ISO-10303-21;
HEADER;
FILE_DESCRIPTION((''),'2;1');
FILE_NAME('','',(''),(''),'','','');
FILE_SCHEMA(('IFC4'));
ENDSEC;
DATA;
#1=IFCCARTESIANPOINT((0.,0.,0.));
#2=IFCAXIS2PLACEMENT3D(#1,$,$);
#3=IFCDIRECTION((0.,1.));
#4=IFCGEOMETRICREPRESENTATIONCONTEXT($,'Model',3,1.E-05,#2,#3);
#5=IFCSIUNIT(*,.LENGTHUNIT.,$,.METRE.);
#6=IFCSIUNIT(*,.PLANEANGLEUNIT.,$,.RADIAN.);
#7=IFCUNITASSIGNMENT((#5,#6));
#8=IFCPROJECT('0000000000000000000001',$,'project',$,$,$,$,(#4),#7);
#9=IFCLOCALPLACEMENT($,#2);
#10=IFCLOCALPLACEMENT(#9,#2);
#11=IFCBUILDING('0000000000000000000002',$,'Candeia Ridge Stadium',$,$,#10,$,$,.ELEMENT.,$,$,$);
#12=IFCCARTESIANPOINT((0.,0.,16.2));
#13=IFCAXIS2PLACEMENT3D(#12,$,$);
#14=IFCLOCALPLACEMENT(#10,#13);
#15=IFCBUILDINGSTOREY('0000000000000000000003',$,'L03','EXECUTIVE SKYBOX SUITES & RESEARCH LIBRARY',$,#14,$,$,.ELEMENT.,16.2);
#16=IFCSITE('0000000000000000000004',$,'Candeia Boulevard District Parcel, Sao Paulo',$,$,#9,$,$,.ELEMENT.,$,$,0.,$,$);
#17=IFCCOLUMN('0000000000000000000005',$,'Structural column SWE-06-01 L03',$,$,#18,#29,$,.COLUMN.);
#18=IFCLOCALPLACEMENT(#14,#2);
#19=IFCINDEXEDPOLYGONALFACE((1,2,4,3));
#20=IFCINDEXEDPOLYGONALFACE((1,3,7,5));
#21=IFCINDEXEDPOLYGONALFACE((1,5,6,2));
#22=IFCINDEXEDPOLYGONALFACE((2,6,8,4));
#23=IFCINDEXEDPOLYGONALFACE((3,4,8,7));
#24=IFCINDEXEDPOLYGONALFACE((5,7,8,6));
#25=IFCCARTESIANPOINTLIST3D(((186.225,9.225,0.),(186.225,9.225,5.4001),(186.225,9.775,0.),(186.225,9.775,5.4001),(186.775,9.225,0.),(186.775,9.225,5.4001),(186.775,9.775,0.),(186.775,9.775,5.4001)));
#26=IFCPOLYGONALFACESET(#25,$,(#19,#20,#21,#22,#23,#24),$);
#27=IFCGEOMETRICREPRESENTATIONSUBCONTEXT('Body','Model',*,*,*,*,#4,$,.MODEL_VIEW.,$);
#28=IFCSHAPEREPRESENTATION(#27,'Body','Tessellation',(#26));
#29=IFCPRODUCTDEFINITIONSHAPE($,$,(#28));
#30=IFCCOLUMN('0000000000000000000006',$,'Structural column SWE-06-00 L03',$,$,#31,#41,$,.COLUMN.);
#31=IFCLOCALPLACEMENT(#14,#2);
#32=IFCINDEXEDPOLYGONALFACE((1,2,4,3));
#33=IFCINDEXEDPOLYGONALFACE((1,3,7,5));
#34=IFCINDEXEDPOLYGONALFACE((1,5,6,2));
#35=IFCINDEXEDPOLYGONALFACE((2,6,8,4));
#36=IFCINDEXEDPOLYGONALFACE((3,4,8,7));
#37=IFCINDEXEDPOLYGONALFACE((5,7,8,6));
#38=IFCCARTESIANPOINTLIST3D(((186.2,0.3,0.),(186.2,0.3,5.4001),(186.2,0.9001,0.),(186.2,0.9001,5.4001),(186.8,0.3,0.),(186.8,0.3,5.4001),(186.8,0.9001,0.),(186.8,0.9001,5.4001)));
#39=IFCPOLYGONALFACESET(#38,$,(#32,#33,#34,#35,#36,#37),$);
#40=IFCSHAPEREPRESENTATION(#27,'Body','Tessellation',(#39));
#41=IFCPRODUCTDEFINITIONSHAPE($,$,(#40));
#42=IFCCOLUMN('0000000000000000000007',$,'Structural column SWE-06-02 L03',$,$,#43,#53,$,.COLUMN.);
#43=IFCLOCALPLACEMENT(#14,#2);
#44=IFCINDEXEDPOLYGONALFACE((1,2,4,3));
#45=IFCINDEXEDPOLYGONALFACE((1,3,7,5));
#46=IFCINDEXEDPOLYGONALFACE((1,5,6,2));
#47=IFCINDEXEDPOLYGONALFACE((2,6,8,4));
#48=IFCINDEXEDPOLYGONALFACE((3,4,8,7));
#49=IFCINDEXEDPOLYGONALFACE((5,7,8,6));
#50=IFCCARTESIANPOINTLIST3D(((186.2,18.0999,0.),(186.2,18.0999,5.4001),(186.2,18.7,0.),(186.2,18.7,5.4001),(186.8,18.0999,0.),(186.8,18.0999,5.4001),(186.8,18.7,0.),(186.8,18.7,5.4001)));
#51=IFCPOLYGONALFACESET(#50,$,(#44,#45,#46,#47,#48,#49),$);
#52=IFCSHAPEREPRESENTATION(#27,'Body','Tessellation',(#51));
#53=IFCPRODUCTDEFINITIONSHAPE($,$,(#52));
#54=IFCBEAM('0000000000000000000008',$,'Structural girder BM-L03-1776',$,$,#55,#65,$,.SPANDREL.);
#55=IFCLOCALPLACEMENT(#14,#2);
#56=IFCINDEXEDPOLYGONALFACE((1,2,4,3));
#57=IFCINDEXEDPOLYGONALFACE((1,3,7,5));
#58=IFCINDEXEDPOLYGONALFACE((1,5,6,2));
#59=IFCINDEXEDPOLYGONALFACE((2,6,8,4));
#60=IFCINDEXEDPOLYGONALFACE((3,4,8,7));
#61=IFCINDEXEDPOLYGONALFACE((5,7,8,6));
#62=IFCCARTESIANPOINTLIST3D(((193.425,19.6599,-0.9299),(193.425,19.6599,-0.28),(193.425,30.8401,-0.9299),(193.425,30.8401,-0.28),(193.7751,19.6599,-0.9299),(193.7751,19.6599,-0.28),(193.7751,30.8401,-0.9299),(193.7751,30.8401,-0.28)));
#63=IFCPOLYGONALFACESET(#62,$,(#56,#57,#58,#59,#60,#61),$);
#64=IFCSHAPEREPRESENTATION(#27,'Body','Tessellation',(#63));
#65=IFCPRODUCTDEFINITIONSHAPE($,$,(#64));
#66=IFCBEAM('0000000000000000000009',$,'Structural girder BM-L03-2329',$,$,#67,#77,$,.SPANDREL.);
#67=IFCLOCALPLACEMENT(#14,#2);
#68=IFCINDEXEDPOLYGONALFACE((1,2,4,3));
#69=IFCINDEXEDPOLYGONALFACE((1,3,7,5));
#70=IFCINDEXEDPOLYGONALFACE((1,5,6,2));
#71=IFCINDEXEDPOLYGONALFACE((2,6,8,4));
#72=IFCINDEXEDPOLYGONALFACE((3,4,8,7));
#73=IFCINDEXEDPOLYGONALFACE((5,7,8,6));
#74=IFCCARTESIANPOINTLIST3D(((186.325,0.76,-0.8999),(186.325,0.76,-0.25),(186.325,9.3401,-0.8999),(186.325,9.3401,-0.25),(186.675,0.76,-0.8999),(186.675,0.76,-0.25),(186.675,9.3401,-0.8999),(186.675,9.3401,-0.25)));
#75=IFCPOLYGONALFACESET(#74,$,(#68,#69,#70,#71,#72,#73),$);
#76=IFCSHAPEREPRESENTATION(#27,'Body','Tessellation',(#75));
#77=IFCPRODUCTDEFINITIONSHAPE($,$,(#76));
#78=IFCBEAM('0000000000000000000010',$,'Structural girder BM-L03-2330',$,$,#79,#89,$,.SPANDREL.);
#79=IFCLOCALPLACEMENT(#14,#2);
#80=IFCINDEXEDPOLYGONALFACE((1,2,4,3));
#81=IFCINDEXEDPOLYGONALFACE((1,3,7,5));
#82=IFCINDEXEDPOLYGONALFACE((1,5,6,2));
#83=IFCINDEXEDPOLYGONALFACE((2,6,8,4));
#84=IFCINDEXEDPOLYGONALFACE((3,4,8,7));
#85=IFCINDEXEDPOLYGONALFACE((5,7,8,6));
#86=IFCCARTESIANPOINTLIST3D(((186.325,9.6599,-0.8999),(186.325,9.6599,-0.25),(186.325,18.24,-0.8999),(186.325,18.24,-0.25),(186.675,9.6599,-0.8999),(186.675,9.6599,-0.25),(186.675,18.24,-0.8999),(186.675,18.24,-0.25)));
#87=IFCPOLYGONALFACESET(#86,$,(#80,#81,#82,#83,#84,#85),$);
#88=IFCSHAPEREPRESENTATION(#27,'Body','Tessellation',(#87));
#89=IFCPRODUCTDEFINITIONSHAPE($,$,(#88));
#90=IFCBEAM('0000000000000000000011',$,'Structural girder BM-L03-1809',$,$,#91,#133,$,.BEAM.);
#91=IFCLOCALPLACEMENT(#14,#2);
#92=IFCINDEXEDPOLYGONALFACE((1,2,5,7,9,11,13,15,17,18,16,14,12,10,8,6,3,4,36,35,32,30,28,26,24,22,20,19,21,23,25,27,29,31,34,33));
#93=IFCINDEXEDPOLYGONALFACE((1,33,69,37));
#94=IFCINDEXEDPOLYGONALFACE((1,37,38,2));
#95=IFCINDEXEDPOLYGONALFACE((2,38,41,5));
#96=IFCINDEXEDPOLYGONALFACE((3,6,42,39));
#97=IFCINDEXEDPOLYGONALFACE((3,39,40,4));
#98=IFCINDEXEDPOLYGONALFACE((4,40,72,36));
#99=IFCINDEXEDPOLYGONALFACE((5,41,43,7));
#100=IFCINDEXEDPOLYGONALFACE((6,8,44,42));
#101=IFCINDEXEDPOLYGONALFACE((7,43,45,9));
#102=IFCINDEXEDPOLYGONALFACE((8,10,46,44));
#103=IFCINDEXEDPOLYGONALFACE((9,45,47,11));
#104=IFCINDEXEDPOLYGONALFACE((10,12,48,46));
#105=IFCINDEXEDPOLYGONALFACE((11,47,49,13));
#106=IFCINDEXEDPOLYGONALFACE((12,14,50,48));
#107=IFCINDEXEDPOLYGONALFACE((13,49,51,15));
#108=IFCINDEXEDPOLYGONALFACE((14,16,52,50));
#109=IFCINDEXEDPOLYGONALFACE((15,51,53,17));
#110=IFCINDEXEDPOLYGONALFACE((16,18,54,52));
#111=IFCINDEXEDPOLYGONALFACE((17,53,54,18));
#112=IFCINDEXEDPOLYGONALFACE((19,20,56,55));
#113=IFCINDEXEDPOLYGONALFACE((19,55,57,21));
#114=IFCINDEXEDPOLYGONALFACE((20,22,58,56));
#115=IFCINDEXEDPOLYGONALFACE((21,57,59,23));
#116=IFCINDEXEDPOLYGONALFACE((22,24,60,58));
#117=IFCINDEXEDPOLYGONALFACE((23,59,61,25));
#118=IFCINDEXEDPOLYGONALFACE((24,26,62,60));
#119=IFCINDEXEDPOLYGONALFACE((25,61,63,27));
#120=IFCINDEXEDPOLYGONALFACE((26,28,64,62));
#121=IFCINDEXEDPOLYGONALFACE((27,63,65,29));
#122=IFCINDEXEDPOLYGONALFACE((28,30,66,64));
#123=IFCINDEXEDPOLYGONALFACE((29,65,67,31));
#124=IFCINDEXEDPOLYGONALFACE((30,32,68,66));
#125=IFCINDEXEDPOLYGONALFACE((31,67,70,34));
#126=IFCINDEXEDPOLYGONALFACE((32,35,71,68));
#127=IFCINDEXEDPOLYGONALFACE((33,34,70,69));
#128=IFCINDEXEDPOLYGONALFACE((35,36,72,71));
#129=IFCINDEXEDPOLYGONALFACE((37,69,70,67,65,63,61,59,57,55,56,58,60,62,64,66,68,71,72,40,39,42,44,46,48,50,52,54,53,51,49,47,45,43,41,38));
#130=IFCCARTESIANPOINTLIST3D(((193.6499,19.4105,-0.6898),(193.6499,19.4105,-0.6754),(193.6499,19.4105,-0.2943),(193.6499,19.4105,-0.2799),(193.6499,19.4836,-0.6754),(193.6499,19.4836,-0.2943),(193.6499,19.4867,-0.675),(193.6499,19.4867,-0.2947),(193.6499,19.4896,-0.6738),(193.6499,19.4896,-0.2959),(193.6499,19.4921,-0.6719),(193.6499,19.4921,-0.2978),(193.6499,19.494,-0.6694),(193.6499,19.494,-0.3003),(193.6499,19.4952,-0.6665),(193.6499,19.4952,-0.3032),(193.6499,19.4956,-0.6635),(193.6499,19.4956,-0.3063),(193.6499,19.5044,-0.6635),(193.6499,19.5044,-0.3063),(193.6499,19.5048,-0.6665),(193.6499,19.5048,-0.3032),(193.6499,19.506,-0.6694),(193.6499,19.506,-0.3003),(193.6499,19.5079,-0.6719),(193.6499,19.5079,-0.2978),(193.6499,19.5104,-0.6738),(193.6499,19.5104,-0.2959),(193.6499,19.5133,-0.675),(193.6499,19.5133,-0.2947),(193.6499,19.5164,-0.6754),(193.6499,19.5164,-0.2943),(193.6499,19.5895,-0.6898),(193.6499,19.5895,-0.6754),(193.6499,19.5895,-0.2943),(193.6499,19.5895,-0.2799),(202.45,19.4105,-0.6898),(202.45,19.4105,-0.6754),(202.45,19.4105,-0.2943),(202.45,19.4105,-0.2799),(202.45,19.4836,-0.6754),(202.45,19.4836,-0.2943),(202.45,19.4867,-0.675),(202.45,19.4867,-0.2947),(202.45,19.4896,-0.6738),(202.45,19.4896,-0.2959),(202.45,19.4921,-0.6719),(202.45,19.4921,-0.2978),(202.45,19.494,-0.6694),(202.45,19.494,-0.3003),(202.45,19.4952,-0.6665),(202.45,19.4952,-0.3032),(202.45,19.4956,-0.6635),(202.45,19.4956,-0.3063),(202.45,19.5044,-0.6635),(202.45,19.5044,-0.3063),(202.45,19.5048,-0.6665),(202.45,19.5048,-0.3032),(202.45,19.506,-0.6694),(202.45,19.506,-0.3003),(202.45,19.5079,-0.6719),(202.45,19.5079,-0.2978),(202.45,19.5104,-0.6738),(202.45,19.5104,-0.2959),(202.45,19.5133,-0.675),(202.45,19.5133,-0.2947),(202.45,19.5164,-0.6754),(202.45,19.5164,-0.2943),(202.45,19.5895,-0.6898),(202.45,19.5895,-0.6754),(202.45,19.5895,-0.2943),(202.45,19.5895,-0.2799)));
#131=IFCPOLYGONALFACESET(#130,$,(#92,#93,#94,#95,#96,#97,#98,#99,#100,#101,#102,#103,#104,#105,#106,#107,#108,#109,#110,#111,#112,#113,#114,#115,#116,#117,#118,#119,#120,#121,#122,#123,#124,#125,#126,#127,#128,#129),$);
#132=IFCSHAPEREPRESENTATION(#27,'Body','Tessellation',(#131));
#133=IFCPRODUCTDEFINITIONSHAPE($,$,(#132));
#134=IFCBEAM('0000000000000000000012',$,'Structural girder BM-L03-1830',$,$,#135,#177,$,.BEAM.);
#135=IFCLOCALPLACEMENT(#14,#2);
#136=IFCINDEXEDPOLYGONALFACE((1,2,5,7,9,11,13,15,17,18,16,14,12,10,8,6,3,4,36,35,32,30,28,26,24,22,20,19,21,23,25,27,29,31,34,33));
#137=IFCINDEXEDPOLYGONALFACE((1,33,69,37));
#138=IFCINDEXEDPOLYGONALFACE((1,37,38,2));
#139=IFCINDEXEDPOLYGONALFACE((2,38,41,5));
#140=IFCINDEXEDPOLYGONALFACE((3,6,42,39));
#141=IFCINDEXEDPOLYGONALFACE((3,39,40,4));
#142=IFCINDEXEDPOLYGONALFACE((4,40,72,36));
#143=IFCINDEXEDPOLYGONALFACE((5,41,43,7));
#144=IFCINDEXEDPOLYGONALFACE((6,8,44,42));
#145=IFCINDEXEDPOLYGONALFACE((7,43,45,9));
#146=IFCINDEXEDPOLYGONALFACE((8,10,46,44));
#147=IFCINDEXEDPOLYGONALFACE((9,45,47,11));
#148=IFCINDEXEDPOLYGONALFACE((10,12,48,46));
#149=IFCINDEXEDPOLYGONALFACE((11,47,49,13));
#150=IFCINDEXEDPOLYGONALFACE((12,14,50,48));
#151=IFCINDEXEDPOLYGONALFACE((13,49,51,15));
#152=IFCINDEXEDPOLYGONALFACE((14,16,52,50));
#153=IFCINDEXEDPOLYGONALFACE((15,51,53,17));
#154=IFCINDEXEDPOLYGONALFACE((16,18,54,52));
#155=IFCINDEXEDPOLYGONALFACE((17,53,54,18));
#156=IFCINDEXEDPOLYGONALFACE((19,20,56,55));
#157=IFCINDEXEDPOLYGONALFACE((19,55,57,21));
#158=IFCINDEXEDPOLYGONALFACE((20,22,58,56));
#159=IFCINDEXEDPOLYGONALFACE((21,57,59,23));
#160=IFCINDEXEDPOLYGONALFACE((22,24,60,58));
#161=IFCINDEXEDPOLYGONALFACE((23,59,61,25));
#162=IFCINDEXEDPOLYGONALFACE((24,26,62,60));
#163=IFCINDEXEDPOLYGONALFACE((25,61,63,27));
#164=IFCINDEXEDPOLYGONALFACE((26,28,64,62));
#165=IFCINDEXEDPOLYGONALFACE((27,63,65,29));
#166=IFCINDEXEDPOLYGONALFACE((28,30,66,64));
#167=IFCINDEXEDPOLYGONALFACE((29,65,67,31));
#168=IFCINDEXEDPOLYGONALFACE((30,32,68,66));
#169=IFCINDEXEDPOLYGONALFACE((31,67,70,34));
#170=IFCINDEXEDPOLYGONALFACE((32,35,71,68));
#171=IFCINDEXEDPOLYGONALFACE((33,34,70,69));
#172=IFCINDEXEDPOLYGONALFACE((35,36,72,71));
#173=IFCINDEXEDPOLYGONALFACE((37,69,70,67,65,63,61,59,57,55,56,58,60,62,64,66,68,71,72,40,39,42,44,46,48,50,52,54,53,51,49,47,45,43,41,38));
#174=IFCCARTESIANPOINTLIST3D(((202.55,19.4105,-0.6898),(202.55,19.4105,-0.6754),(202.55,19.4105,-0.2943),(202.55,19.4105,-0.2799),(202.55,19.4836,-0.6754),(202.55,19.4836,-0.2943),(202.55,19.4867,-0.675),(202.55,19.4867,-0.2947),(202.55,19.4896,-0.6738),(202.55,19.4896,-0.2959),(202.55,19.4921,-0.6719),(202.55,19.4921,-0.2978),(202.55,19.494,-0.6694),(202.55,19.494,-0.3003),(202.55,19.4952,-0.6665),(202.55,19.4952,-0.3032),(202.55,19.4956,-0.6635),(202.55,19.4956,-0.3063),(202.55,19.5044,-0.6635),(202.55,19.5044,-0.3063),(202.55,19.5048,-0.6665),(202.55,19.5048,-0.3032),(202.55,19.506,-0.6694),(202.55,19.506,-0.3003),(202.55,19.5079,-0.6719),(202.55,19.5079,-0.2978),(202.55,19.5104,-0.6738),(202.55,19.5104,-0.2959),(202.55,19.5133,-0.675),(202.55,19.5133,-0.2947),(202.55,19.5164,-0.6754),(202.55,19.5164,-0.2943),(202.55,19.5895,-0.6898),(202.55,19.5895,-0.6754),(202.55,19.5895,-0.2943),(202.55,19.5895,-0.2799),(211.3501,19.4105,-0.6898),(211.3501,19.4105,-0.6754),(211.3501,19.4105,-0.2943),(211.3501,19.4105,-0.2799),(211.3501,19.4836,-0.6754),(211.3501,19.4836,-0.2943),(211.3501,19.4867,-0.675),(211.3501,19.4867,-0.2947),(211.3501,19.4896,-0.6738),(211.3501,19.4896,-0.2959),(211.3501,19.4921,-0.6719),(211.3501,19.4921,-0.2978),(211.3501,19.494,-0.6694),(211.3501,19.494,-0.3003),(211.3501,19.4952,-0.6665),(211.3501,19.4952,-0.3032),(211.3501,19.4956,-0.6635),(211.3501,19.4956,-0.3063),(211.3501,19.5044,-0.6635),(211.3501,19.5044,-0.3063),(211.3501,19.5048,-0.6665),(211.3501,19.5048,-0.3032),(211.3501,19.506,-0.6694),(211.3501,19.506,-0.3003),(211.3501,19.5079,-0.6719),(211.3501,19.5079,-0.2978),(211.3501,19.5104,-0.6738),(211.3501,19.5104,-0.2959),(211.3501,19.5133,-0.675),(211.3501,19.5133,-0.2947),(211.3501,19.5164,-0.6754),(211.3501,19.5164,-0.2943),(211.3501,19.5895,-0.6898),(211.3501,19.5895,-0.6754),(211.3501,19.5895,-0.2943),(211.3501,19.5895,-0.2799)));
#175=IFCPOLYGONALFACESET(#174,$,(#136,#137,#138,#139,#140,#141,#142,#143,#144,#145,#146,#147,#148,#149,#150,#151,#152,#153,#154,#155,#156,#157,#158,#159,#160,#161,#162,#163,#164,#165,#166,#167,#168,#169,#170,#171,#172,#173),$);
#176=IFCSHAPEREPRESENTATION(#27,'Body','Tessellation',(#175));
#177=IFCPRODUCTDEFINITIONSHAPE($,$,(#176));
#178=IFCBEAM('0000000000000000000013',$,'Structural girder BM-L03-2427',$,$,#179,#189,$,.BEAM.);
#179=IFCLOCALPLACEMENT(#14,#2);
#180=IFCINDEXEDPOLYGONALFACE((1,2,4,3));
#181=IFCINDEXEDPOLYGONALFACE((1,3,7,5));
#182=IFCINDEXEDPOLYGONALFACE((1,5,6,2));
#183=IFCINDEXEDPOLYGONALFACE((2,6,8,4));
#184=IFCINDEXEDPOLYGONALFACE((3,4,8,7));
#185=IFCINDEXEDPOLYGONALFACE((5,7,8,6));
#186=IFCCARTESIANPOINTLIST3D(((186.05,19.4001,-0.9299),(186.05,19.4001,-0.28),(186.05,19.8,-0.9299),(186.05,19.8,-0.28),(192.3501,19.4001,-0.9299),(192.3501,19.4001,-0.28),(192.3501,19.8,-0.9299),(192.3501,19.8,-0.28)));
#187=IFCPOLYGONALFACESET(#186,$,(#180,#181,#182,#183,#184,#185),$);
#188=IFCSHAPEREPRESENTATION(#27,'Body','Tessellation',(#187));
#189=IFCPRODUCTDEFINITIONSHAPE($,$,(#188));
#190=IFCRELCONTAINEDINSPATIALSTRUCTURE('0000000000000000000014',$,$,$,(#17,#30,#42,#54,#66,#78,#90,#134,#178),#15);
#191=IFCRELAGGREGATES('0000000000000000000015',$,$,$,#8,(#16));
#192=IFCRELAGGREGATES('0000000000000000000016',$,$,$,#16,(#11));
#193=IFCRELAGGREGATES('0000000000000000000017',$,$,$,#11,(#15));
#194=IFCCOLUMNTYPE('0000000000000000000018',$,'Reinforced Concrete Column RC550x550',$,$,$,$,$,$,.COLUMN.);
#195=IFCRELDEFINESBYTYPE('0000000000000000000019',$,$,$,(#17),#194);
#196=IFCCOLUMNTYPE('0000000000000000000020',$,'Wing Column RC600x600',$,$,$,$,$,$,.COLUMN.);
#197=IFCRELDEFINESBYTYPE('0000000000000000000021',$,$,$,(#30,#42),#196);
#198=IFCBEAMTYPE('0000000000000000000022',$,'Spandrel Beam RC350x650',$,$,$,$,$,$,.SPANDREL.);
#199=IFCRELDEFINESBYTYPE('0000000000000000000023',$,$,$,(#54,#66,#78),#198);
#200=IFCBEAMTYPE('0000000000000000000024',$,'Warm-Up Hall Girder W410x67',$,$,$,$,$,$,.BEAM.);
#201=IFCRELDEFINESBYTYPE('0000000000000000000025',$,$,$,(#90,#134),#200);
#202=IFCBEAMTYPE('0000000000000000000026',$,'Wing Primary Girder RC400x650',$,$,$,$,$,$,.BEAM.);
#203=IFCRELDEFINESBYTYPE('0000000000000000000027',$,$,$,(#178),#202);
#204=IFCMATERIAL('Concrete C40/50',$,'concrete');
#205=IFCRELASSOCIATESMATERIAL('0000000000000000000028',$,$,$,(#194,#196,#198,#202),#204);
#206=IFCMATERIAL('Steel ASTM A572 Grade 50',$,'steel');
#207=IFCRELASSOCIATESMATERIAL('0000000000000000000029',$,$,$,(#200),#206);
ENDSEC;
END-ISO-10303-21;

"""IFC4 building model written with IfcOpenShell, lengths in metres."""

from ifc_helpers import new_model, si_unit, direction, frame, origin, origin_2d, place, context, subcontext, project, spatial, rectangle, i_section, extrude, material, material_profile, profile_set, type_object, element, save


model = new_model("IFC4")

# Units and contexts
model_context = context("Model", 3, precision=1e-05, world=origin(), true_north=direction((0.0, 1.0)))
body_context = subcontext(model_context, "Body", "Model", "MODEL_VIEW")
ifc_project = project(units=[si_unit("LENGTHUNIT", "METRE"), si_unit("PLANEANGLEUNIT", "RADIAN")], contexts=[model_context])

# Site, building, storey
site_placement = place(None, origin())
site = spatial("IfcSite", under=ifc_project, at=site_placement, Name="Candeia Boulevard District Parcel, Sao Paulo", CompositionType="ELEMENT", RefElevation=0.0)
building_placement = place(site_placement, origin())
building = spatial("IfcBuilding", under=site, at=building_placement, Name="Candeia Ridge Stadium", CompositionType="ELEMENT")
storey_placement = place(building_placement, frame((0.0, 0.0, 16.2)))
storey = spatial("IfcBuildingStorey", under=building, at=storey_placement, Name="L03", Description="EXECUTIVE SKYBOX SUITES & RESEARCH LIBRARY", CompositionType="ELEMENT", Elevation=16.2)

# Columns
ifc_material_1 = material(Name="Concrete C40/50", Category="concrete")
ifc_material_profile_1 = material_profile(ifc_material_1, rectangle(XDim=0.55, YDim=0.55, at=origin_2d()), Name="RC550x550", Category="concrete")
ifc_profile_set_1 = profile_set([ifc_material_profile_1], Name="Concrete C40/50")
column_type_1 = type_object("IfcColumnType", Name="Reinforced Concrete Column RC550x550", PredefinedType="COLUMN", material=ifc_profile_set_1)
column_placement = place(storey_placement, frame((186.5, 9.5, 0.0), z_axis=(0.0, 0.0, 1.0), x_axis=(1.0, 0.0, 0.0)))
element("IfcColumn", 1, at=column_placement, inside=storey, type_object=column_type_1, Name="Structural column SWE-06-01 L03", PredefinedType="COLUMN", context=body_context, shape_type="SweptSolid", body=[
    extrude(rectangle(XDim=0.55, YDim=0.55, at=origin_2d()), origin(), (0.0, 0.0, 1.0), 5.4001),
])
ifc_material_profile_2 = material_profile(ifc_material_1, rectangle(XDim=0.6001, YDim=0.6001, at=origin_2d()), Name="RC600x600", Category="concrete")
ifc_profile_set_2 = profile_set([ifc_material_profile_2], Name="Concrete C40/50")
column_type_2 = type_object("IfcColumnType", Name="Wing Column RC600x600", PredefinedType="COLUMN", material=ifc_profile_set_2)
for number, where, z_axis, x_axis, name in (
    (2, (186.5, 0.6001, 0.0), (0.0, 0.0, 1.0), (1.0, 0.0, 0.0), "Structural column SWE-06-00 L03"),
    (3, (186.5, 18.3999, 0.0), (0.0, 0.0, 1.0), (1.0, 0.0, 0.0), "Structural column SWE-06-02 L03"),
):
    element("IfcColumn", number, at=place(storey_placement, frame(where, z_axis=z_axis, x_axis=x_axis)), inside=storey, type_object=column_type_2, Name=name, PredefinedType="COLUMN", context=body_context, shape_type="SweptSolid", body=[
        extrude(rectangle(XDim=0.6001, YDim=0.6001, at=origin_2d()), origin(), (0.0, 0.0, 1.0), 5.4001),
    ])

# Beams
ifc_material_profile_3 = material_profile(ifc_material_1, rectangle(XDim=0.3501, YDim=0.6499, at=origin_2d()), Name="RC350x650", Category="concrete")
ifc_profile_set_3 = profile_set([ifc_material_profile_3], Name="Concrete C40/50")
beam_type_1 = type_object("IfcBeamType", Name="Spandrel Beam RC350x650", PredefinedType="SPANDREL", material=ifc_profile_set_3)
beam_1_placement = place(storey_placement, frame((193.6001, 19.6599, -0.605), z_axis=(0.0, 1.0, 0.0), x_axis=(-1.0, 0.0, 0.0)))
element("IfcBeam", 4, at=beam_1_placement, inside=storey, type_object=beam_type_1, Name="Structural girder BM-L03-1776", PredefinedType="SPANDREL", context=body_context, shape_type="SweptSolid", body=[
    extrude(rectangle(XDim=0.3501, YDim=0.6499, at=origin_2d()), origin(), (0.0, 0.0, 1.0), 11.1802),
])
for number, where, z_axis, x_axis, name in (
    (5, (186.5, 0.76, -0.575), (0.0, 1.0, 0.0), (-1.0, 0.0, 0.0), "Structural girder BM-L03-2329"),
    (6, (186.5, 9.6599, -0.575), (0.0, 1.0, 0.0), (-1.0, 0.0, 0.0), "Structural girder BM-L03-2330"),
):
    element("IfcBeam", number, at=place(storey_placement, frame(where, z_axis=z_axis, x_axis=x_axis)), inside=storey, type_object=beam_type_1, Name=name, PredefinedType="SPANDREL", context=body_context, shape_type="SweptSolid", body=[
        extrude(rectangle(XDim=0.3501, YDim=0.6499, at=origin_2d()), origin(), (0.0, 0.0, 1.0), 8.5801),
    ])
ifc_material_2 = material(Name="Steel ASTM A572 Grade 50", Category="steel")
ifc_material_profile_4 = material_profile(ifc_material_2, i_section(OverallWidth=0.179, OverallDepth=0.4099, WebThickness=0.0088, FlangeThickness=0.0144, FilletRadius=0.012, at=origin_2d()), Name="W410x67", Category="steel")
ifc_profile_set_4 = profile_set([ifc_material_profile_4], Name="Steel ASTM A572 Grade 50")
beam_type_2 = type_object("IfcBeamType", Name="Warm-Up Hall Girder W410x67", PredefinedType="BEAM", material=ifc_profile_set_4)
for number, where, z_axis, x_axis, name in (
    (7, (193.6499, 19.5, -0.4849), (1.0, 0.0, 0.0), (0.0, 1.0, 0.0), "Structural girder BM-L03-1809"),
    (8, (202.55, 19.5, -0.4849), (1.0, 0.0, 0.0), (0.0, 1.0, 0.0), "Structural girder BM-L03-1830"),
):
    element("IfcBeam", number, at=place(storey_placement, frame(where, z_axis=z_axis, x_axis=x_axis)), inside=storey, type_object=beam_type_2, Name=name, PredefinedType="BEAM", context=body_context, shape_type="SweptSolid", body=[
        extrude(i_section(OverallWidth=0.179, OverallDepth=0.4099, WebThickness=0.0088, FlangeThickness=0.0144, FilletRadius=0.012, at=origin_2d()), origin(), (0.0, 0.0, 1.0), 8.8),
    ])
ifc_material_profile_5 = material_profile(ifc_material_1, rectangle(XDim=0.3999, YDim=0.6499, at=origin_2d()), Name="RC400x650", Category="concrete")
ifc_profile_set_5 = profile_set([ifc_material_profile_5], Name="Concrete C40/50")
beam_type_3 = type_object("IfcBeamType", Name="Wing Primary Girder RC400x650", PredefinedType="BEAM", material=ifc_profile_set_5)
beam_2_placement = place(storey_placement, frame((186.05, 19.6001, -0.605), z_axis=(1.0, 0.0, 0.0), x_axis=(0.0, 1.0, 0.0)))
element("IfcBeam", 9, at=beam_2_placement, inside=storey, type_object=beam_type_3, Name="Structural girder BM-L03-2427", PredefinedType="BEAM", context=body_context, shape_type="SweptSolid", body=[
    extrude(rectangle(XDim=0.3999, YDim=0.6499, at=origin_2d()), origin(), (0.0, 0.0, 1.0), 6.3),
])

save(model, "model.ifc")
